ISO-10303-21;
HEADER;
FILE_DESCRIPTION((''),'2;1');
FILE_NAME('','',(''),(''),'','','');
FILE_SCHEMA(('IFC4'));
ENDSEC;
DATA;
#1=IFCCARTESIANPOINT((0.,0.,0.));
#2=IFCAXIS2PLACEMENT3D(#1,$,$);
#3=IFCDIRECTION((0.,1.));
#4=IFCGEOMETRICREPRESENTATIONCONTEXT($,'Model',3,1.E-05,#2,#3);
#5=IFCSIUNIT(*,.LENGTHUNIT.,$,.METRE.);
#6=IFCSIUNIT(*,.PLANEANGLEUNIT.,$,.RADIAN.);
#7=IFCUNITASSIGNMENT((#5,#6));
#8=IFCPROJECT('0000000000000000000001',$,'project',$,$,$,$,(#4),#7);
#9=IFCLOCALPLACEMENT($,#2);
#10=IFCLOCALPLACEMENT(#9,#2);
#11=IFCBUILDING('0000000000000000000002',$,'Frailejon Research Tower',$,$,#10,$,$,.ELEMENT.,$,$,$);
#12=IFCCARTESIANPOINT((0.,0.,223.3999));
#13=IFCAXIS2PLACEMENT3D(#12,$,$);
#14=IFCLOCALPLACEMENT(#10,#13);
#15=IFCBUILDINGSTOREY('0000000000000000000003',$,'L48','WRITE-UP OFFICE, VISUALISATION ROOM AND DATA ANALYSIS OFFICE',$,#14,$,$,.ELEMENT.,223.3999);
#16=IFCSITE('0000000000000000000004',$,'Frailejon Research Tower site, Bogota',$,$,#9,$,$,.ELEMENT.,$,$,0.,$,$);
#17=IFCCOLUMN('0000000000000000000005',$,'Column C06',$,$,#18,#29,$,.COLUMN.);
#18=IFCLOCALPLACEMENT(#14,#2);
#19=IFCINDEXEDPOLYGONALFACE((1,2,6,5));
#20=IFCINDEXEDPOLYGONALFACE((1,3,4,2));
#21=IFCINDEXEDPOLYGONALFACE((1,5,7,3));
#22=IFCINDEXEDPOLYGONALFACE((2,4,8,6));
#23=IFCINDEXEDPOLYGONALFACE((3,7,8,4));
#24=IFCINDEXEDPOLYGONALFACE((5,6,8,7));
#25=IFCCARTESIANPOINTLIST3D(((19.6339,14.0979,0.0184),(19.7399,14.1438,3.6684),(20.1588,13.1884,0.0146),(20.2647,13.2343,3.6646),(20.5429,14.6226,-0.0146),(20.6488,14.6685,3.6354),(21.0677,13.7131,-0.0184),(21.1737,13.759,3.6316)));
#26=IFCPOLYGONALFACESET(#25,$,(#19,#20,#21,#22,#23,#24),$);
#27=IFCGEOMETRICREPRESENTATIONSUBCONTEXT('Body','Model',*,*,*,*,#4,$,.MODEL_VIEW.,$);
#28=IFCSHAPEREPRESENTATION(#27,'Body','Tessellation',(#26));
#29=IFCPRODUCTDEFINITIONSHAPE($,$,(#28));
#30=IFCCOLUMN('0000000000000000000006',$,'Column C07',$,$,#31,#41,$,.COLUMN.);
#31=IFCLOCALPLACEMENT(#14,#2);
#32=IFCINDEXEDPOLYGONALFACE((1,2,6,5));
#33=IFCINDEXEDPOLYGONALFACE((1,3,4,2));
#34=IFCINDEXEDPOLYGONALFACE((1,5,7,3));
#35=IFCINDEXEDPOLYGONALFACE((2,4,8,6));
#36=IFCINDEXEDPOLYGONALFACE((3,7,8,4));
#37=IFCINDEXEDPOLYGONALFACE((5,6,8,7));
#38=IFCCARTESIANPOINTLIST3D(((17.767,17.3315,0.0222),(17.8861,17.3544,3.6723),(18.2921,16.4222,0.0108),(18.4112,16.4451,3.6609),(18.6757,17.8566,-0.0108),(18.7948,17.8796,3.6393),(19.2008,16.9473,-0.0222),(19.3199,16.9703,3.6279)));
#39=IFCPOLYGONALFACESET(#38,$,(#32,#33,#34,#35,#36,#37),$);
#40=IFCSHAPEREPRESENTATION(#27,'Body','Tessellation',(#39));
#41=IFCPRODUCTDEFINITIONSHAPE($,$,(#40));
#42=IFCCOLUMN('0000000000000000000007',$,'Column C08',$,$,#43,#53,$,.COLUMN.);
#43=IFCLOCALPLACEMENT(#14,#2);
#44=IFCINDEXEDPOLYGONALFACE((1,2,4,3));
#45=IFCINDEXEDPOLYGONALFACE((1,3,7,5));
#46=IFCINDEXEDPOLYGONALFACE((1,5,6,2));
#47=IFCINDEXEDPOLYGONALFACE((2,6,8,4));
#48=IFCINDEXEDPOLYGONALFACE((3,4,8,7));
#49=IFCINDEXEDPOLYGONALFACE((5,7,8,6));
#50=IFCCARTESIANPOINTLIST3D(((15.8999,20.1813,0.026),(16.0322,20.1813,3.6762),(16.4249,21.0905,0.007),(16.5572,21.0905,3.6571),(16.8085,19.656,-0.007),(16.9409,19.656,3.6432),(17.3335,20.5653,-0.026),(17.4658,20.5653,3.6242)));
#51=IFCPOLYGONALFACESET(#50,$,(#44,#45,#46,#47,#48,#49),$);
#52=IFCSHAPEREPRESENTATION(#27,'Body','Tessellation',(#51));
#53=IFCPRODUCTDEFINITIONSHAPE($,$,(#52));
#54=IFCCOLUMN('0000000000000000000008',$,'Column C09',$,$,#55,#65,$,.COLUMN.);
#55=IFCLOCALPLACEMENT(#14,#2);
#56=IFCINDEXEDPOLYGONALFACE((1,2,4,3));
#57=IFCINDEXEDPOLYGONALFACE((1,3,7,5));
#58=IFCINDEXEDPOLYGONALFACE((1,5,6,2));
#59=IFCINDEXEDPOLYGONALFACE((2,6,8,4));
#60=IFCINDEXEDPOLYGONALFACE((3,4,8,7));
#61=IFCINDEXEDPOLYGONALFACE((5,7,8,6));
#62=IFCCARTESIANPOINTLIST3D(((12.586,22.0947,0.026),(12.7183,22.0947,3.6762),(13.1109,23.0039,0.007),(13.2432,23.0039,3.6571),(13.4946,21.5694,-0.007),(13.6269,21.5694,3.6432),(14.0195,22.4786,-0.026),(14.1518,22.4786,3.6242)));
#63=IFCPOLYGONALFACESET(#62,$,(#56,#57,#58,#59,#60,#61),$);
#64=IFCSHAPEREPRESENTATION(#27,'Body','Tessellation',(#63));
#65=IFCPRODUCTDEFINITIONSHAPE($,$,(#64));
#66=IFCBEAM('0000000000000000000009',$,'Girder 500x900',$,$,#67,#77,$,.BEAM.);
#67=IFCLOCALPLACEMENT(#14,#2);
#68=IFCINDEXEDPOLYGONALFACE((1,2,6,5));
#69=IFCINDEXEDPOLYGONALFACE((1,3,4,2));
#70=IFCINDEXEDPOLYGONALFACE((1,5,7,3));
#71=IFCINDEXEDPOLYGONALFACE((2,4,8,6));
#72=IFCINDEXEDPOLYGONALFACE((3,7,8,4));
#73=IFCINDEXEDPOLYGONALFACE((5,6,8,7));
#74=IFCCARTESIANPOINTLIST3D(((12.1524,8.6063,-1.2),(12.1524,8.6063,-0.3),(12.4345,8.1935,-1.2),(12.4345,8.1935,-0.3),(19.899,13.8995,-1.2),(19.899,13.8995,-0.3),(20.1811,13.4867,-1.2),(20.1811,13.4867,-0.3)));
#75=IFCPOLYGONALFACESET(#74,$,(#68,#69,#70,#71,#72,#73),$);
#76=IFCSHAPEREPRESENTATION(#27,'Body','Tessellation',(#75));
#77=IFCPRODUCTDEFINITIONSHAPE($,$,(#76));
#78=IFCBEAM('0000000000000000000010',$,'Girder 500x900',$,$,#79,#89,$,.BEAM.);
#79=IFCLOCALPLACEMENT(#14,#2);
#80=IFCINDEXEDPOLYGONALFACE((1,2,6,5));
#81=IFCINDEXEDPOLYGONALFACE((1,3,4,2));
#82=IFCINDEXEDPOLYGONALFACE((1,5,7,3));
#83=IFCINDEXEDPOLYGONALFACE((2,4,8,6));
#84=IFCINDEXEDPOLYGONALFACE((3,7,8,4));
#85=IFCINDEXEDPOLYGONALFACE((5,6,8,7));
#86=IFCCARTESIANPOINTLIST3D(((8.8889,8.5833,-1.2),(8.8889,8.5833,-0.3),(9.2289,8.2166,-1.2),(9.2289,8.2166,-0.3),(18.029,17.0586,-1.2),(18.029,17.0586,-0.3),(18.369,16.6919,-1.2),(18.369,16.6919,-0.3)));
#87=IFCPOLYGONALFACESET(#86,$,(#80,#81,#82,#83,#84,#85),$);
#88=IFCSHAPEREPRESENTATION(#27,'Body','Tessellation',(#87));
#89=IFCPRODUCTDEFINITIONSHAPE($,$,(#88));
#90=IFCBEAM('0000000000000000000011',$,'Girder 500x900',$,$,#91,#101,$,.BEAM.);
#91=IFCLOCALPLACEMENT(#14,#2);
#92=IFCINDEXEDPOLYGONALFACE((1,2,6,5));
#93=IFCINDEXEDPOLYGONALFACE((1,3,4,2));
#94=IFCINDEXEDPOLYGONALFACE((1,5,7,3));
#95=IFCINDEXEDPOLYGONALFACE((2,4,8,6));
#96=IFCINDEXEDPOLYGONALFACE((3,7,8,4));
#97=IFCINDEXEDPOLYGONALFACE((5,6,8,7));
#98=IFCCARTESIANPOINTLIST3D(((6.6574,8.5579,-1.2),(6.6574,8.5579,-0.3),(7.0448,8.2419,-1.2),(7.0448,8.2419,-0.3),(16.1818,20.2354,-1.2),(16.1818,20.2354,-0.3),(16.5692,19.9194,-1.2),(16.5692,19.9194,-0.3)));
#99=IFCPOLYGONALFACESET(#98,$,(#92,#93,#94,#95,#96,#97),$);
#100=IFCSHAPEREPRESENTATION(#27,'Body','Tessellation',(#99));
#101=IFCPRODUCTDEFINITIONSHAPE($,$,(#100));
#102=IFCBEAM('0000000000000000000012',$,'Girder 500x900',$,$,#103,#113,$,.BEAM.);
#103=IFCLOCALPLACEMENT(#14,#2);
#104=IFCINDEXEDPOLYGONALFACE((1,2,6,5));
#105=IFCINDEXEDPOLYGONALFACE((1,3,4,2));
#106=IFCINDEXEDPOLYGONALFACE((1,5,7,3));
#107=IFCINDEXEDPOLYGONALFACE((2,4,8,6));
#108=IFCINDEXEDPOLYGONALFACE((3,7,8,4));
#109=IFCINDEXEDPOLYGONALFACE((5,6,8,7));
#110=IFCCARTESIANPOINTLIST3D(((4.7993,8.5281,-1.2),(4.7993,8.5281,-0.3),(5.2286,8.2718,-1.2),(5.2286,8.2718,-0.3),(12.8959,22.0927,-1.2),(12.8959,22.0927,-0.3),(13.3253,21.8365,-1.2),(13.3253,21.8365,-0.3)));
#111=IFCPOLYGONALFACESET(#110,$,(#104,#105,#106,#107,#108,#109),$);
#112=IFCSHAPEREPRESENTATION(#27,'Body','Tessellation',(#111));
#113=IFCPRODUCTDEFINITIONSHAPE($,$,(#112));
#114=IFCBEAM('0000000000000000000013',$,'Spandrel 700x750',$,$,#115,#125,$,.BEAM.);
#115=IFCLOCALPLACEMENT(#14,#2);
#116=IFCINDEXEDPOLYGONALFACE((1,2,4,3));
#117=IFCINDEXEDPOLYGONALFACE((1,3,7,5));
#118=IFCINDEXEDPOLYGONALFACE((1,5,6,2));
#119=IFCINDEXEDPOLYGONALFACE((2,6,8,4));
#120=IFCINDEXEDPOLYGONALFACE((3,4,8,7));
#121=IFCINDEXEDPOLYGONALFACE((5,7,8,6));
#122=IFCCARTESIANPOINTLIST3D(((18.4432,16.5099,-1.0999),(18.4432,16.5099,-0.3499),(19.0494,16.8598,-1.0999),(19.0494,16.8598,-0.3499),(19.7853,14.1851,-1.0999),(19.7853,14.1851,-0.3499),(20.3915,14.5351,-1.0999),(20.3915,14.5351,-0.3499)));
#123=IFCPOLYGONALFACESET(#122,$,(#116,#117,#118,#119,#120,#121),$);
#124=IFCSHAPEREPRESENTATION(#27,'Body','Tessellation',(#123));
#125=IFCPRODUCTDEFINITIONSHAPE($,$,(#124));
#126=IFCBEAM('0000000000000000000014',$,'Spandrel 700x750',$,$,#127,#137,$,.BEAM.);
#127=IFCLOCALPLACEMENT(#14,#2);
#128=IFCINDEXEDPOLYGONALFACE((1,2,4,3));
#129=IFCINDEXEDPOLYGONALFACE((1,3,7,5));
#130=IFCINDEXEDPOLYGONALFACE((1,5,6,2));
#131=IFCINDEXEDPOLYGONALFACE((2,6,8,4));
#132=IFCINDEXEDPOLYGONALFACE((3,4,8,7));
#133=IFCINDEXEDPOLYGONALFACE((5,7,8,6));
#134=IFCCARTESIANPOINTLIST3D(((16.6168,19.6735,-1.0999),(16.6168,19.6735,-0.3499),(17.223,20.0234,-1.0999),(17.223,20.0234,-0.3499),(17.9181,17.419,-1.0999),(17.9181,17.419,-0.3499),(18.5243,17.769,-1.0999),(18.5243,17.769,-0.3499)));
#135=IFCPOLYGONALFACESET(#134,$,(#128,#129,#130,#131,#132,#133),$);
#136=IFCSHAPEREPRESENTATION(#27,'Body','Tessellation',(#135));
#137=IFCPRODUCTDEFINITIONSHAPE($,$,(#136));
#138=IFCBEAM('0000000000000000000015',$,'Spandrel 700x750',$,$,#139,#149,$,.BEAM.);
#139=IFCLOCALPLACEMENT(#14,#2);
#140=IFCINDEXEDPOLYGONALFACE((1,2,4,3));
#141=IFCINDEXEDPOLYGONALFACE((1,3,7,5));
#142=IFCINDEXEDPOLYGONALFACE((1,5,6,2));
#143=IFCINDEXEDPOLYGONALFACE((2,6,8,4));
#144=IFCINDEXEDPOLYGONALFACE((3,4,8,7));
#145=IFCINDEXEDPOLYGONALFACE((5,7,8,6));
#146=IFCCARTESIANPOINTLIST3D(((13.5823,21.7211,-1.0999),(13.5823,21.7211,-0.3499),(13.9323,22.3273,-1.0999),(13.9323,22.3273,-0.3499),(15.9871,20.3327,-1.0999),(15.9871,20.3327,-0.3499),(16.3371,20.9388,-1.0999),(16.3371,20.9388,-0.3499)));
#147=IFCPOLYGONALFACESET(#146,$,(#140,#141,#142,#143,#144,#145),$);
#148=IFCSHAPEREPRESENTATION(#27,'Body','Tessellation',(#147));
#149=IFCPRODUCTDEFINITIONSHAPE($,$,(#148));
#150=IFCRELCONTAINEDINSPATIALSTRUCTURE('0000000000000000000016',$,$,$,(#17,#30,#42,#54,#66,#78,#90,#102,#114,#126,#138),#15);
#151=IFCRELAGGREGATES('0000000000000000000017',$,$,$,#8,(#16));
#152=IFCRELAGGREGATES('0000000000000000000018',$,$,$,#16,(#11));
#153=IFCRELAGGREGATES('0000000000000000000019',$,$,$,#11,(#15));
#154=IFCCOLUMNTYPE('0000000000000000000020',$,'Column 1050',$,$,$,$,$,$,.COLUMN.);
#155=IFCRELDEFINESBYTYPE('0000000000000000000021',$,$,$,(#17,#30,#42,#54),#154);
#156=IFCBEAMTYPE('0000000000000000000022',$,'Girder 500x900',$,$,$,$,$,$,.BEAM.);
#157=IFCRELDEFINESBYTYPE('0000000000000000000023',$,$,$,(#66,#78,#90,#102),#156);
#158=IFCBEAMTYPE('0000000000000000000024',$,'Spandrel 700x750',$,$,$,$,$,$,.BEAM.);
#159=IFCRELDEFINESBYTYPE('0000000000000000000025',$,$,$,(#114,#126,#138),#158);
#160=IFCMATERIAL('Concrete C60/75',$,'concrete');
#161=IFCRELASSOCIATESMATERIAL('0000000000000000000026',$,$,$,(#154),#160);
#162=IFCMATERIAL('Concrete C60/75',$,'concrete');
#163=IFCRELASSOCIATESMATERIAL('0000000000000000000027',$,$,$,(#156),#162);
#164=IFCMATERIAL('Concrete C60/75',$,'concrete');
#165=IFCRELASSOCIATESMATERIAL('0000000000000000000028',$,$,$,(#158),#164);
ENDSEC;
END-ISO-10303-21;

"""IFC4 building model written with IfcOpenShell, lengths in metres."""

from ifc_helpers import new_model, si_unit, direction, frame, origin, origin_2d, place, context, subcontext, project, spatial, rectangle, extrude, material, material_profile, profile_set, type_object, element, save


model = new_model("IFC4")

# Units and contexts
model_context = context("Model", 3, precision=1e-05, world=origin(), true_north=direction((0.0, 1.0)))
body_context = subcontext(model_context, "Body", "Model", "MODEL_VIEW")
ifc_project = project(units=[si_unit("LENGTHUNIT", "METRE"), si_unit("PLANEANGLEUNIT", "RADIAN")], contexts=[model_context])

# Site, building, storey
site_placement = place(None, origin())
site = spatial("IfcSite", under=ifc_project, at=site_placement, Name="Frailejon Research Tower site, Bogota", CompositionType="ELEMENT", RefElevation=0.0)
building_placement = place(site_placement, origin())
building = spatial("IfcBuilding", under=site, at=building_placement, Name="Frailejon Research Tower", CompositionType="ELEMENT")
storey_placement = place(building_placement, frame((0.0, 0.0, 223.3999)))
storey = spatial("IfcBuildingStorey", under=building, at=storey_placement, Name="L48", Description="WRITE-UP OFFICE, VISUALISATION ROOM AND DATA ANALYSIS OFFICE", CompositionType="ELEMENT", Elevation=223.3999)

# Columns
ifc_material_1 = material(Name="Concrete C60/75", Category="concrete")
ifc_material_profile_1 = material_profile(ifc_material_1, rectangle(XDim=1.05, YDim=1.05, at=origin_2d()), Name="Column 1050")
ifc_profile_set_1 = profile_set([ifc_material_profile_1], Name="Concrete C60/75")
column_type = type_object("IfcColumnType", Name="Column 1050", PredefinedType="COLUMN", material=ifc_profile_set_1)
column_1_placement = place(storey_placement, frame((20.3508, 13.9055, 0.0), z_axis=(0.029014, 0.012568, 0.9995), x_axis=(-0.499849, 0.866105, 0.003619)))
element("IfcColumn", 1, at=column_1_placement, inside=storey, type_object=column_type, Name="Column C06", PredefinedType="COLUMN", context=body_context, shape_type="SweptSolid", body=[
    extrude(rectangle(XDim=1.05, YDim=1.05, at=origin_2d()), origin(), (0.0, 0.0, 1.0), 3.6519),
])
column_2_placement = place(storey_placement, frame((18.4839, 17.1394, 0.0), z_axis=(0.032622, 0.006284, 0.999448), x_axis=(-0.500036, 0.865936, 0.010877)))
element("IfcColumn", 2, at=column_2_placement, inside=storey, type_object=column_type, Name="Column C07", PredefinedType="COLUMN", context=body_context, shape_type="SweptSolid", body=[
    extrude(rectangle(XDim=1.05, YDim=1.05, at=origin_2d()), origin(), (0.0, 0.0, 1.0), 3.6521),
])
for number, where, z_axis, x_axis, name in (
    (3, (16.6167, 20.3733, 0.0), (0.036228, 0.0, 0.999344), (-0.865315, 0.500246, 0.031369), "Column C08"),
    (4, (13.3027, 22.2866, 0.0), (0.036228, 0.0, 0.999344), (-0.865315, 0.500246, 0.031369), "Column C09"),
):
    element("IfcColumn", number, at=place(storey_placement, frame(where, z_axis=z_axis, x_axis=x_axis)), inside=storey, type_object=column_type, Name=name, PredefinedType="COLUMN", context=body_context, shape_type="SweptSolid", body=[
        extrude(rectangle(XDim=1.05, YDim=1.05, at=origin_2d()), origin(), (0.0, 0.0, 1.0), 3.6526),
    ])

# Beams
ifc_material_2 = material(Name="Concrete C60/75", Category="concrete")
ifc_material_profile_2 = material_profile(ifc_material_2, rectangle(XDim=0.5, YDim=0.8999, at=origin_2d()), Name="Girder 500x900")
ifc_profile_set_2 = profile_set([ifc_material_profile_2], Name="Concrete C60/75")
beam_type_1 = type_object("IfcBeamType", Name="Girder 500x900", PredefinedType="BEAM", material=ifc_profile_set_2)
beam_1_placement = place(storey_placement, frame((20.04, 13.6931, -0.75), z_axis=(-0.825659, -0.56417, 0.0), x_axis=(0.56417, -0.825659, 0.0)))
element("IfcBeam", 5, at=beam_1_placement, inside=storey, type_object=beam_type_1, Name="Girder 500x900", PredefinedType="BEAM", context=body_context, shape_type="SweptSolid", body=[
    extrude(rectangle(XDim=0.5, YDim=0.8999, at=origin_2d()), origin(), (0.0, 0.0, 1.0), 9.3823),
])
beam_2_placement = place(storey_placement, frame((18.199, 16.8752, -0.75), z_axis=(-0.73327, -0.679937, 0.0), x_axis=(0.679937, -0.73327, 0.0)))
element("IfcBeam", 6, at=beam_2_placement, inside=storey, type_object=beam_type_1, Name="Girder 500x900", PredefinedType="BEAM", context=body_context, shape_type="SweptSolid", body=[
    extrude(rectangle(XDim=0.5, YDim=0.8999, at=origin_2d()), origin(), (0.0, 0.0, 1.0), 12.4648),
])
beam_3_placement = place(storey_placement, frame((16.3755, 20.0774, -0.75), z_axis=(-0.632049, -0.774929, 0.0), x_axis=(0.774929, -0.632049, 0.0)))
element("IfcBeam", 7, at=beam_3_placement, inside=storey, type_object=beam_type_1, Name="Girder 500x900", PredefinedType="BEAM", context=body_context, shape_type="SweptSolid", body=[
    extrude(rectangle(XDim=0.5, YDim=0.8999, at=origin_2d()), origin(), (0.0, 0.0, 1.0), 15.0691),
])
beam_4_placement = place(storey_placement, frame((13.1106, 21.9646, -0.75), z_axis=(-0.512533, -0.858667, 0.0), x_axis=(0.858667, -0.512533, 0.0)))
element("IfcBeam", 8, at=beam_4_placement, inside=storey, type_object=beam_type_1, Name="Girder 500x900", PredefinedType="BEAM", context=body_context, shape_type="SweptSolid", body=[
    extrude(rectangle(XDim=0.5, YDim=0.8999, at=origin_2d()), origin(), (0.0, 0.0, 1.0), 15.7974),
])
ifc_material_3 = material(Name="Concrete C60/75", Category="concrete")
ifc_material_profile_3 = material_profile(ifc_material_3, rectangle(XDim=0.7, YDim=0.75, at=origin_2d()), Name="Spandrel 700x750")
ifc_profile_set_3 = profile_set([ifc_material_profile_3], Name="Concrete C60/75")
beam_type_2 = type_object("IfcBeamType", Name="Spandrel 700x750", PredefinedType="BEAM", material=ifc_profile_set_3)
beam_5_placement = place(storey_placement, frame((20.0884, 14.3601, -0.7249), z_axis=(-0.499964, 0.866046, 0.0), x_axis=(-0.866046, -0.499964, 0.0)))
element("IfcBeam", 9, at=beam_5_placement, inside=storey, type_object=beam_type_2, Name="Spandrel 700x750", PredefinedType="BEAM", context=body_context, shape_type="SweptSolid", body=[
    extrude(rectangle(XDim=0.7, YDim=0.75, at=origin_2d()), origin(), (0.0, 0.0, 1.0), 2.6843),
])
beam_6_placement = place(storey_placement, frame((18.2212, 17.594, -0.7249), z_axis=(-0.499912, 0.866076, 0.0), x_axis=(-0.866076, -0.499912, 0.0)))
element("IfcBeam", 10, at=beam_6_placement, inside=storey, type_object=beam_type_2, Name="Spandrel 700x750", PredefinedType="BEAM", context=body_context, shape_type="SweptSolid", body=[
    extrude(rectangle(XDim=0.7, YDim=0.75, at=origin_2d()), origin(), (0.0, 0.0, 1.0), 2.603),
])
beam_7_placement = place(storey_placement, frame((16.1621, 20.6357, -0.7249), z_axis=(-0.866022, 0.500007, 0.0), x_axis=(-0.500007, -0.866022, 0.0)))
element("IfcBeam", 11, at=beam_7_placement, inside=storey, type_object=beam_type_2, Name="Spandrel 700x750", PredefinedType="BEAM", context=body_context, shape_type="SweptSolid", body=[
    extrude(rectangle(XDim=0.7, YDim=0.75, at=origin_2d()), origin(), (0.0, 0.0, 1.0), 2.7769),
])

save(model, "model.ifc")
